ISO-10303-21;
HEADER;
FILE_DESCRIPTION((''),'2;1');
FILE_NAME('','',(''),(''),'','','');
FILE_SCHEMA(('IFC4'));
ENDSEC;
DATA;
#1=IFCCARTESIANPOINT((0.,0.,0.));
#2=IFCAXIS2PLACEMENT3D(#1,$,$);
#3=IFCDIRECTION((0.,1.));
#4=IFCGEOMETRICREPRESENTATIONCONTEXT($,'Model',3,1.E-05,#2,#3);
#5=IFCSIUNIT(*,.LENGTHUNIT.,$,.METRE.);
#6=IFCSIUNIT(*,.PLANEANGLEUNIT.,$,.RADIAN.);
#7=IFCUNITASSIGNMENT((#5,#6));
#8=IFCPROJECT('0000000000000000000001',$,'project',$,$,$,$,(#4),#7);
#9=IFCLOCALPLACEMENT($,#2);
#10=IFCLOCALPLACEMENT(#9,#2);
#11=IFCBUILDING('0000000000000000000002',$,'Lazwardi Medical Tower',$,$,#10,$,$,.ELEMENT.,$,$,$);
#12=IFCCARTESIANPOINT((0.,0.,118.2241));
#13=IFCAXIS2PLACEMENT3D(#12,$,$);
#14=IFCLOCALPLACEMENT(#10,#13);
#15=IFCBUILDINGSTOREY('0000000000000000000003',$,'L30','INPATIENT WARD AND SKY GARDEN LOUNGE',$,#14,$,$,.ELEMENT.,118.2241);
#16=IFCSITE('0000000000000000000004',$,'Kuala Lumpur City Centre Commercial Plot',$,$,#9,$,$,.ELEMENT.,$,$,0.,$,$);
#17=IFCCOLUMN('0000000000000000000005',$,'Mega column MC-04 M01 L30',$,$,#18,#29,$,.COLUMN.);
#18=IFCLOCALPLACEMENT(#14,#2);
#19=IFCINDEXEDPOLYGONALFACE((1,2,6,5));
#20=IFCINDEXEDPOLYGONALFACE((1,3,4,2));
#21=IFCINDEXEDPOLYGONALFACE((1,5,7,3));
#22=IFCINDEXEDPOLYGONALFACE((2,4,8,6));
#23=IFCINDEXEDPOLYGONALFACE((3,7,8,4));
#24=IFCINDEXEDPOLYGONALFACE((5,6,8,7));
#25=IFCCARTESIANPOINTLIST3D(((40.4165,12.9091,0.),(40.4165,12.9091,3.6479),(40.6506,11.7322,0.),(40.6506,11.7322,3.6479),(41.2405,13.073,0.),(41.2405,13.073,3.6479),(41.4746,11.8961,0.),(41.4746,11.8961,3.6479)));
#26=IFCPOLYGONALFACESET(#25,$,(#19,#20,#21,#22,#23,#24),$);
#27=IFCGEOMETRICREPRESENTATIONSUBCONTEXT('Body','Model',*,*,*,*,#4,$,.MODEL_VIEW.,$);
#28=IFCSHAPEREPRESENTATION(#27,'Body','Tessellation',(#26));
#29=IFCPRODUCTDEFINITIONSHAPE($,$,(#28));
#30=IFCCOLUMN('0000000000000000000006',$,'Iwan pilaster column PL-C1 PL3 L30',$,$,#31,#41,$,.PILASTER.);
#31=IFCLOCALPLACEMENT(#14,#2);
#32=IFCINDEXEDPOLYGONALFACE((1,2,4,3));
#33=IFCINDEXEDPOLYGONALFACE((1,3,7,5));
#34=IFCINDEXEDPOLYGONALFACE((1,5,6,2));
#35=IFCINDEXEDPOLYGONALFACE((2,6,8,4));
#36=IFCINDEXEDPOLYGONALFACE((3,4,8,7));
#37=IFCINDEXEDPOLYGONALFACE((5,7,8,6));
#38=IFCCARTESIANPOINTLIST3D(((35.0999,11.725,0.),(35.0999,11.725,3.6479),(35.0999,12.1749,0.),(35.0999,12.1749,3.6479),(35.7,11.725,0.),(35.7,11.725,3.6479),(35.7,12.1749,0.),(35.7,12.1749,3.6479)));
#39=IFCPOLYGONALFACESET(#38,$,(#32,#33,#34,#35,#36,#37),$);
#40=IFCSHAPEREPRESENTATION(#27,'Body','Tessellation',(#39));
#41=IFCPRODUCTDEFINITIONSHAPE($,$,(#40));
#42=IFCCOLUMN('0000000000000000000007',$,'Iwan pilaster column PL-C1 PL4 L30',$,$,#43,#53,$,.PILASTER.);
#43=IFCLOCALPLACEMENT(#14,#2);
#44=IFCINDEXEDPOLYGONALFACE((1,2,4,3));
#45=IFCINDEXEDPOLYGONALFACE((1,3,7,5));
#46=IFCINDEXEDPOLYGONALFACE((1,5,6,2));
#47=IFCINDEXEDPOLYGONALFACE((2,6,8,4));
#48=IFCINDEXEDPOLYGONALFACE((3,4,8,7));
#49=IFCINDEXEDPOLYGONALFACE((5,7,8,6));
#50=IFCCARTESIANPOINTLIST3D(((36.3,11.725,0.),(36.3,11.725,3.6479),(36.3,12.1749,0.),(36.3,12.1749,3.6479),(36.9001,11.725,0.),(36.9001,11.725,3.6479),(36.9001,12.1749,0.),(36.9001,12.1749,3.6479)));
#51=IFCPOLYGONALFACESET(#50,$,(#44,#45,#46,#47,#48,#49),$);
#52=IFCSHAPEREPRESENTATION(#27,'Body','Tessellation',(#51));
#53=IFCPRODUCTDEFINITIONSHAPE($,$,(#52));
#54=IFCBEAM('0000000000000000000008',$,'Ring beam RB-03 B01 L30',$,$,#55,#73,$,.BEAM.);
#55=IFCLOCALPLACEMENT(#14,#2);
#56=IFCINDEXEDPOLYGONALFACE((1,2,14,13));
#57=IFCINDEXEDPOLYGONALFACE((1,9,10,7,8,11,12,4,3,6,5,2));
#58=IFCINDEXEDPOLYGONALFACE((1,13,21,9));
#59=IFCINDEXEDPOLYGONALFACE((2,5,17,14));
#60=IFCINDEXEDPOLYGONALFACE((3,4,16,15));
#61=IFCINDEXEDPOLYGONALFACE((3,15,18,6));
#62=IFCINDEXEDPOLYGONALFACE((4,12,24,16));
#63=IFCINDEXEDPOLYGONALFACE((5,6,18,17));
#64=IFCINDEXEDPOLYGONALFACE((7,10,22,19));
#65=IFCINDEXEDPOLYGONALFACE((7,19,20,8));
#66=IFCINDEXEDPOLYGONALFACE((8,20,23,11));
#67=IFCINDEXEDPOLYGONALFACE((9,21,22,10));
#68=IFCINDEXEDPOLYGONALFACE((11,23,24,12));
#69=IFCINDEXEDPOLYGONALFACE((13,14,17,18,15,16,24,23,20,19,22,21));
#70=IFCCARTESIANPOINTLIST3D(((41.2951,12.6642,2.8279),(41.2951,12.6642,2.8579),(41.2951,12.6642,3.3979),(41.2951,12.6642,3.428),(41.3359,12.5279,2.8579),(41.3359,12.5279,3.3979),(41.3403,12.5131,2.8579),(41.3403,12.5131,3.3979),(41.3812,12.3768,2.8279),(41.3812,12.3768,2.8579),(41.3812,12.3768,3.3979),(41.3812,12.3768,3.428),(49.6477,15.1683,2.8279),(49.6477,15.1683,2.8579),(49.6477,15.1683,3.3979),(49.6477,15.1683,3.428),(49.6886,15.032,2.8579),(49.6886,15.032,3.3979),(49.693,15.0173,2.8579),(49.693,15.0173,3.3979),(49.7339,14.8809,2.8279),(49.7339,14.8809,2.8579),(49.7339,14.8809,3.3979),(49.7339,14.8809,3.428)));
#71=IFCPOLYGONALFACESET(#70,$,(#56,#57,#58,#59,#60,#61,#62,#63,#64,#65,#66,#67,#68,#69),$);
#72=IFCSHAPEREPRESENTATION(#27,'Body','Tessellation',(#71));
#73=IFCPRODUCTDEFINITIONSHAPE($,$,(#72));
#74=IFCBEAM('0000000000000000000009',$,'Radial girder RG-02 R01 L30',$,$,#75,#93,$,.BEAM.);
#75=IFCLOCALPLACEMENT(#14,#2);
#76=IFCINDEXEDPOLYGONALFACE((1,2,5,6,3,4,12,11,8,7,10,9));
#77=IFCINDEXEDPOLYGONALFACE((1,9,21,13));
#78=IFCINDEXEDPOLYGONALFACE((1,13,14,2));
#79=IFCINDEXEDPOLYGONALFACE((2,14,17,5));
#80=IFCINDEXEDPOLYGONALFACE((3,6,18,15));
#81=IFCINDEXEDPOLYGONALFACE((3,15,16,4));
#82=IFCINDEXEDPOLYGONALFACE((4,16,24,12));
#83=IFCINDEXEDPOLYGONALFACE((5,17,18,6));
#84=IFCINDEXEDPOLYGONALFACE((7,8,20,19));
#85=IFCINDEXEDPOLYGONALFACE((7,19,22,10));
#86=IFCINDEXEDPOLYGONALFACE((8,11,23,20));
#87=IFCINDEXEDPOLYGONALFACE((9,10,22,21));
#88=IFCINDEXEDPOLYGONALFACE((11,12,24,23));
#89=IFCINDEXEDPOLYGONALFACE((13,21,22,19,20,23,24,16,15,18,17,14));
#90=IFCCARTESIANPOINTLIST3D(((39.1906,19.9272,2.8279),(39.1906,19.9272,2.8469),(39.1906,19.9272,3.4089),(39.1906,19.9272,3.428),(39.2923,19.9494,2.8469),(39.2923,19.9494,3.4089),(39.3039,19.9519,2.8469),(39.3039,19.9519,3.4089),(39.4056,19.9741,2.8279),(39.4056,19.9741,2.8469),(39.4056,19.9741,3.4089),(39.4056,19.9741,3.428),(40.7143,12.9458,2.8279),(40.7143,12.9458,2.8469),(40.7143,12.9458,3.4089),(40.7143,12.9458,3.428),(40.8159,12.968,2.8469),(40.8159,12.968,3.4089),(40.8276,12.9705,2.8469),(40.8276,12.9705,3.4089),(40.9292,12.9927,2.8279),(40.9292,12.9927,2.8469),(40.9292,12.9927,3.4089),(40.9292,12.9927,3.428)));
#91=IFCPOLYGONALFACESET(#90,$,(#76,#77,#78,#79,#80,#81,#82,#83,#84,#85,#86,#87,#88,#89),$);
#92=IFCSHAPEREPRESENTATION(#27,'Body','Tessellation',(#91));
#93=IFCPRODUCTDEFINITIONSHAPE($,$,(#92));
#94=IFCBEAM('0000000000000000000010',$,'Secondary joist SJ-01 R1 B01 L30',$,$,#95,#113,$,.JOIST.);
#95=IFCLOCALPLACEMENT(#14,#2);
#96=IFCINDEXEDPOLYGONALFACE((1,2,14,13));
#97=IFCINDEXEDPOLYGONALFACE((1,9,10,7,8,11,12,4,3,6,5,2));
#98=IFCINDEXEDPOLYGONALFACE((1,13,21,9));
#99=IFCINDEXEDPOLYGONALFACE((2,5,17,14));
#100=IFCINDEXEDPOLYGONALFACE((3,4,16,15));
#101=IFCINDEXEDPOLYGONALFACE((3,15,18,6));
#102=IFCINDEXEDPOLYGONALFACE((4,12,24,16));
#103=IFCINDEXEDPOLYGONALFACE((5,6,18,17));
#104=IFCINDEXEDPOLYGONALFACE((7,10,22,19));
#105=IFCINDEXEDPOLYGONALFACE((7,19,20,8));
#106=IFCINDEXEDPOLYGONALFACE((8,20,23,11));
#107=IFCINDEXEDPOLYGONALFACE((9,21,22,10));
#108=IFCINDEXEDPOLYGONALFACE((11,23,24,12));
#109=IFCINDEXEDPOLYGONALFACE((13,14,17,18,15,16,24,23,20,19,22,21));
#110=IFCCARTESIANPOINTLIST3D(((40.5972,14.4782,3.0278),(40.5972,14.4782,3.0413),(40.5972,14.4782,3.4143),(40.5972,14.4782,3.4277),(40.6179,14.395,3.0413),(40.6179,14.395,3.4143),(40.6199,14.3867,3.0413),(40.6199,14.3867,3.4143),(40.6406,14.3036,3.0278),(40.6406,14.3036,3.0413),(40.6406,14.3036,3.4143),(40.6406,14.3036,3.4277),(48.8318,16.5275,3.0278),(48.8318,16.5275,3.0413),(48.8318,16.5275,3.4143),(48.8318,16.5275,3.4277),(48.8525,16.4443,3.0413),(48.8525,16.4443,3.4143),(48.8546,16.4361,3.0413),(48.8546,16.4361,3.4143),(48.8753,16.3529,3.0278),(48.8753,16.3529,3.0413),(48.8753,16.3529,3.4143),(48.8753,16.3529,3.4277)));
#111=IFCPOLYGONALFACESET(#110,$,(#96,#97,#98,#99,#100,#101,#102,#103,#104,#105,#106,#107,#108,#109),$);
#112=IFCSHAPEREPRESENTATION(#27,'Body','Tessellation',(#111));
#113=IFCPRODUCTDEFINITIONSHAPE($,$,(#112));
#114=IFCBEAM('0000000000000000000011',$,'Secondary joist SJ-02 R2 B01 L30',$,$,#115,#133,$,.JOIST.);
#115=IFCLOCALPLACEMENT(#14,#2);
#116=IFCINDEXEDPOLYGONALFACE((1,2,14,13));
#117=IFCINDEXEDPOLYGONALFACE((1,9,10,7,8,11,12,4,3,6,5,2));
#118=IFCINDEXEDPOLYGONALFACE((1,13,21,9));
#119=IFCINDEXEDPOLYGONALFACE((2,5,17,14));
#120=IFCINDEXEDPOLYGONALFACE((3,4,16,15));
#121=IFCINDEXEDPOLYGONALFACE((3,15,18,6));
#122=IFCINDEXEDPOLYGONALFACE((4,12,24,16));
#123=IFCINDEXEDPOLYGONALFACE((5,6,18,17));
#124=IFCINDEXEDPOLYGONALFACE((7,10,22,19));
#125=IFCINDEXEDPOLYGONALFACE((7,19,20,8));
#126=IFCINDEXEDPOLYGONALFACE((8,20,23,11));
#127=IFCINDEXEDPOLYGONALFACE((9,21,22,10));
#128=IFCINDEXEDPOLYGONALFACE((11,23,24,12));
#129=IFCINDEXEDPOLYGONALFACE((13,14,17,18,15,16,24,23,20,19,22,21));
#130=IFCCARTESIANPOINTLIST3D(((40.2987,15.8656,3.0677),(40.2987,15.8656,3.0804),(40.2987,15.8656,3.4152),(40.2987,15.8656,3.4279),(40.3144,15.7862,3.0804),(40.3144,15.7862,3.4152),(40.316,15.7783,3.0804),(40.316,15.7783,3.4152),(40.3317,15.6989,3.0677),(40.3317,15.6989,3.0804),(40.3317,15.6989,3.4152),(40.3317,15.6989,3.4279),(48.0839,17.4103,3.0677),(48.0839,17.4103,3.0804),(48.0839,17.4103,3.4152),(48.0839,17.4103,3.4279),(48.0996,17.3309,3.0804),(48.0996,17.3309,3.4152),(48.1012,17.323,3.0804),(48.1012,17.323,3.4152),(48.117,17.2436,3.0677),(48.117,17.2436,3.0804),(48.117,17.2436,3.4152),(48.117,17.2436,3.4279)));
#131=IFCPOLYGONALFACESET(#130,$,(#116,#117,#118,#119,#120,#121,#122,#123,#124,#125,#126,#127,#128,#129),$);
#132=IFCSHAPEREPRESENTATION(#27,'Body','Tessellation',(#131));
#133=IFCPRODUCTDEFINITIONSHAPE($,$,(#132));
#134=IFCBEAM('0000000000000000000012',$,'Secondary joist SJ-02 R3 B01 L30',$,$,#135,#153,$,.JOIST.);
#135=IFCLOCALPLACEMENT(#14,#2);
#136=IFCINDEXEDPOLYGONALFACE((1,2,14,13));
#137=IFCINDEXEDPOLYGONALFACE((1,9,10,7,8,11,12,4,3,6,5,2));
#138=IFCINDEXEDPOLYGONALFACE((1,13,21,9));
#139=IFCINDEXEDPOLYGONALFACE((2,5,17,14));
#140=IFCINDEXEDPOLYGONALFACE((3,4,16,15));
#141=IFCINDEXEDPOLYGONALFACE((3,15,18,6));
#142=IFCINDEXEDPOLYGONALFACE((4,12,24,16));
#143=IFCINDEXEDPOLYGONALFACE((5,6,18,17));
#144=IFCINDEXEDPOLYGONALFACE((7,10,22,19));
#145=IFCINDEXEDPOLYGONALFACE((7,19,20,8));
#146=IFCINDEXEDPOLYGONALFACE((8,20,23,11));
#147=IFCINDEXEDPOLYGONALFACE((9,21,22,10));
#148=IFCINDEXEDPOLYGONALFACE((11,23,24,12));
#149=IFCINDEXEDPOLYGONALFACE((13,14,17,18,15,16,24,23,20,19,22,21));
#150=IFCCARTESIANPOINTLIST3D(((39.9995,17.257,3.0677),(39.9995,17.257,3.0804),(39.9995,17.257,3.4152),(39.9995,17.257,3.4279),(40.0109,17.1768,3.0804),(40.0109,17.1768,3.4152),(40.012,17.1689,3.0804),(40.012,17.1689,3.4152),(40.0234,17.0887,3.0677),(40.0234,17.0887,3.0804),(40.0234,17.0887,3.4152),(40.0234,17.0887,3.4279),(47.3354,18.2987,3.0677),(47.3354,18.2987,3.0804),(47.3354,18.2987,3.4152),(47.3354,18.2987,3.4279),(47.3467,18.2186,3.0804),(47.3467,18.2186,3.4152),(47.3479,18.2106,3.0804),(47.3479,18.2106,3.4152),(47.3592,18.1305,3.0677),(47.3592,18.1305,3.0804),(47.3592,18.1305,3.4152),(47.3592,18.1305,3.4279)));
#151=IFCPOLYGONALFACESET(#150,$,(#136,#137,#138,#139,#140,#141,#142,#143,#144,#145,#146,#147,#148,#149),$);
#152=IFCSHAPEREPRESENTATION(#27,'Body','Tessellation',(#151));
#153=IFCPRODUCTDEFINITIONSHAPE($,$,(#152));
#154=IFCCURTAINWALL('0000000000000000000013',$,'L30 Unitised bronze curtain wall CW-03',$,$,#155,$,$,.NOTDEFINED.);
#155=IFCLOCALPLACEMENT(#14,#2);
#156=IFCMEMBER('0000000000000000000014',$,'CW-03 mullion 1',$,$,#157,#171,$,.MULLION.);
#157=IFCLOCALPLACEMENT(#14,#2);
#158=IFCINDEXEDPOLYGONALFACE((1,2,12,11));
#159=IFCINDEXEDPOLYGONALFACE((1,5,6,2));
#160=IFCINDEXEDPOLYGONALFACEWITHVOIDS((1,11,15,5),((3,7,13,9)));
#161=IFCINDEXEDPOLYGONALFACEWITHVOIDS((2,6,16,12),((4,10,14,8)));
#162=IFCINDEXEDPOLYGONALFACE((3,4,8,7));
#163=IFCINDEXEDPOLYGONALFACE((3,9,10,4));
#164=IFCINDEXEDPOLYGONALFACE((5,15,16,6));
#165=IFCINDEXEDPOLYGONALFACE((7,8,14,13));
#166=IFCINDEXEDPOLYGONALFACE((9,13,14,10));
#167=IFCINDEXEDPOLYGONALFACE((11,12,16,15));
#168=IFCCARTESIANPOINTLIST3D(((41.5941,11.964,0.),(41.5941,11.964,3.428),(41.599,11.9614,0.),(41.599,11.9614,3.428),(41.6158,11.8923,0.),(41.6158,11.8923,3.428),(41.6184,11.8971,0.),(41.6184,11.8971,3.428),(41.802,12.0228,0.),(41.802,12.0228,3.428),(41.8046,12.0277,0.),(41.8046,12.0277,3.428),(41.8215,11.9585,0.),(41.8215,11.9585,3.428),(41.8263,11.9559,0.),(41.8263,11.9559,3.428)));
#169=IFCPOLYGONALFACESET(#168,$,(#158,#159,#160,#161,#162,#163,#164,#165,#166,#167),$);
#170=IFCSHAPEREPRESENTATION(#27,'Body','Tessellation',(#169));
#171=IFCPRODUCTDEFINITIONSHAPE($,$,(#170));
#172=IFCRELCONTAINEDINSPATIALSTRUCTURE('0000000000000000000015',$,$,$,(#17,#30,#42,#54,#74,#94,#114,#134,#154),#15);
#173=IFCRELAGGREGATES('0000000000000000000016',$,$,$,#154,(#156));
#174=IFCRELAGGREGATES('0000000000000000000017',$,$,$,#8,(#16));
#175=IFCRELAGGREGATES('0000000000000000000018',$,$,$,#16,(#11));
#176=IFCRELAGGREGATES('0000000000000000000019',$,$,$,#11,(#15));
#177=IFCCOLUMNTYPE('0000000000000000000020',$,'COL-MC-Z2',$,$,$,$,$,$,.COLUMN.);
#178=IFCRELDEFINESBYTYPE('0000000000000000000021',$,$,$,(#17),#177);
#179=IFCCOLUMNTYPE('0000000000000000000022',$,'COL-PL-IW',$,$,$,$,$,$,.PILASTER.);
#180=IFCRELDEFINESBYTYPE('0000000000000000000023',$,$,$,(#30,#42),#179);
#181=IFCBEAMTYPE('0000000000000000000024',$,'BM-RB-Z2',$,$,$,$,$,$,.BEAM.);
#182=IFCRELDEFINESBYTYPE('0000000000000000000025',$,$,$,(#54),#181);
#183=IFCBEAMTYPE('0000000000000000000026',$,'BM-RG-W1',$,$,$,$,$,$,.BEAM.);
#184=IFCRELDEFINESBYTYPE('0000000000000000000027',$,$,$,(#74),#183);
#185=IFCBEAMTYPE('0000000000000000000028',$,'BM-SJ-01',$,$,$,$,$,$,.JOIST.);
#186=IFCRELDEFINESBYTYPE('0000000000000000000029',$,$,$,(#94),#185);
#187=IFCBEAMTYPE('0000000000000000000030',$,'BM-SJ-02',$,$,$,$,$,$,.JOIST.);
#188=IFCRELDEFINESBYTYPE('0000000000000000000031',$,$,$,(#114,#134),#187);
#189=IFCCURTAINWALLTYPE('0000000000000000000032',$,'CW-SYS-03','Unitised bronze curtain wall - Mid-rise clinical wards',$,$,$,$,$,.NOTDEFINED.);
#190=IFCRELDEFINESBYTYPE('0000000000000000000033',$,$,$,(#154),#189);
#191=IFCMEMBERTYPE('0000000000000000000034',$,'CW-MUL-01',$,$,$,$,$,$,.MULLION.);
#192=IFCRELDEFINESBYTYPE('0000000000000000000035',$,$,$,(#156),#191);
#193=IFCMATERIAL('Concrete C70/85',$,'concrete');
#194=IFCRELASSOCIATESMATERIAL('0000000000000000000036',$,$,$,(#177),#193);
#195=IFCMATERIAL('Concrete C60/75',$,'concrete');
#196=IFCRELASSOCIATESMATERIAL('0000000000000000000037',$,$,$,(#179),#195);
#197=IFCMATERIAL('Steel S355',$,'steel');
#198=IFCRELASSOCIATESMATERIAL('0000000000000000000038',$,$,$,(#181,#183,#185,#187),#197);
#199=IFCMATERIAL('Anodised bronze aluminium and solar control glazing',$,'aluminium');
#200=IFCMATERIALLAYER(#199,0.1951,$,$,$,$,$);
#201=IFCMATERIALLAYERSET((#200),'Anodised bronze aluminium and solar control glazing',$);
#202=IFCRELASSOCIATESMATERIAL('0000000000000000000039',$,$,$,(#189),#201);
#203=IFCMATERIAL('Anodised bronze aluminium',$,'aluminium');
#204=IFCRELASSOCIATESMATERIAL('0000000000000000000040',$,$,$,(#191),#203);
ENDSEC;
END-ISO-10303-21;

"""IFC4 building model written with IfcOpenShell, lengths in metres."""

from ifc_helpers import new_model, si_unit, direction, frame, origin, origin_2d, place, context, subcontext, project, spatial, rectangle, hollow_rectangle, i_section, extrude, material, layer, layer_set, material_profile, profile_set, type_object, element, aggregate, save


model = new_model("IFC4")

# Units and contexts
model_context = context("Model", 3, precision=1e-05, world=origin(), true_north=direction((0.0, 1.0)))
body_context = subcontext(model_context, "Body", "Model", "MODEL_VIEW")
ifc_project = project(units=[si_unit("LENGTHUNIT", "METRE"), si_unit("PLANEANGLEUNIT", "RADIAN")], contexts=[model_context])

# Site, building, storey
site_placement = place(None, origin())
site = spatial("IfcSite", under=ifc_project, at=site_placement, Name="Kuala Lumpur City Centre Commercial Plot", CompositionType="ELEMENT", RefElevation=0.0)
building_placement = place(site_placement, origin())
building = spatial("IfcBuilding", under=site, at=building_placement, Name="Lazwardi Medical Tower", CompositionType="ELEMENT")
storey_placement = place(building_placement, frame((0.0, 0.0, 118.2241)))
storey = spatial("IfcBuildingStorey", under=building, at=storey_placement, Name="L30", Description="INPATIENT WARD AND SKY GARDEN LOUNGE", CompositionType="ELEMENT", Elevation=118.2241)

# Columns
ifc_material_1 = material(Name="Concrete C70/85", Category="concrete")
ifc_material_profile_1 = material_profile(ifc_material_1, rectangle(XDim=1.2, YDim=0.8401, at=origin_2d()), Name="CFT-RECT 1200x840")
ifc_profile_set_1 = profile_set([ifc_material_profile_1], Name="Concrete C70/85")
column_type_1 = type_object("IfcColumnType", Name="COL-MC-Z2", PredefinedType="COLUMN", material=ifc_profile_set_1)
column_placement = place(storey_placement, frame((40.9456, 12.4026, 0.0), z_axis=(0.0, 0.0, 1.0), x_axis=(0.19509, -0.980785, 0.0)))
element("IfcColumn", 1, at=column_placement, inside=storey, type_object=column_type_1, Name="Mega column MC-04 M01 L30", PredefinedType="COLUMN", context=body_context, shape_type="SweptSolid", body=[
    extrude(rectangle(XDim=1.2, YDim=0.8401, at=origin_2d()), origin(), (0.0, 0.0, 1.0), 3.6479),
])
ifc_material_2 = material(Name="Concrete C60/75", Category="concrete")
ifc_material_profile_2 = material_profile(ifc_material_2, rectangle(XDim=0.6001, YDim=0.45, at=origin_2d()), Name="RC 600x450")
ifc_profile_set_2 = profile_set([ifc_material_profile_2], Name="Concrete C60/75")
column_type_2 = type_object("IfcColumnType", Name="COL-PL-IW", PredefinedType="PILASTER", material=ifc_profile_set_2)
for number, where, z_axis, x_axis, name in (
    (2, (35.3999, 11.95, 0.0), (0.0, 0.0, 1.0), (1.0, 0.0, 0.0), "Iwan pilaster column PL-C1 PL3 L30"),
    (3, (36.6001, 11.95, 0.0), (0.0, 0.0, 1.0), (1.0, 0.0, 0.0), "Iwan pilaster column PL-C1 PL4 L30"),
):
    element("IfcColumn", number, at=place(storey_placement, frame(where, z_axis=z_axis, x_axis=x_axis)), inside=storey, type_object=column_type_2, Name=name, PredefinedType="PILASTER", context=body_context, shape_type="SweptSolid", body=[
        extrude(rectangle(XDim=0.6001, YDim=0.45, at=origin_2d()), origin(), (0.0, 0.0, 1.0), 3.6479),
    ])

# Beams
ifc_material_3 = material(Name="Steel S355", Category="steel")
ifc_material_profile_3 = material_profile(ifc_material_3, i_section(OverallWidth=0.3, OverallDepth=0.6001, WebThickness=0.0154, FlangeThickness=0.03, at=origin_2d()), Name="HEB 600")
ifc_profile_set_3 = profile_set([ifc_material_profile_3], Name="Steel S355")
beam_type_1 = type_object("IfcBeamType", Name="BM-RB-Z2", PredefinedType="BEAM", material=ifc_profile_set_3)
beam_1_placement = place(storey_placement, frame((41.3381, 12.5205, 3.1279), z_axis=(0.957879, 0.287171, 0.0), x_axis=(-0.287171, 0.957879, 0.0)))
element("IfcBeam", 4, at=beam_1_placement, inside=storey, type_object=beam_type_1, Name="Ring beam RB-03 B01 L30", PredefinedType="BEAM", context=body_context, shape_type="SweptSolid", body=[
    extrude(i_section(OverallWidth=0.3, OverallDepth=0.6001, WebThickness=0.0154, FlangeThickness=0.03, at=origin_2d()), origin(), (0.0, 0.0, 1.0), 8.72),
])
ifc_material_profile_4 = material_profile(ifc_material_3, i_section(OverallWidth=0.22, OverallDepth=0.6001, WebThickness=0.012, FlangeThickness=0.019, at=origin_2d()), Name="IPE 600")
ifc_profile_set_4 = profile_set([ifc_material_profile_4], Name="Steel S355")
beam_type_2 = type_object("IfcBeamType", Name="BM-RG-W1", PredefinedType="BEAM", material=ifc_profile_set_4)
beam_2_placement = place(storey_placement, frame((40.8218, 12.9692, 3.1279), z_axis=(-0.213228, 0.977002, 0.0), x_axis=(-0.977002, -0.213228, 0.0)))
element("IfcBeam", 5, at=beam_2_placement, inside=storey, type_object=beam_type_2, Name="Radial girder RG-02 R01 L30", PredefinedType="BEAM", context=body_context, shape_type="SweptSolid", body=[
    extrude(i_section(OverallWidth=0.22, OverallDepth=0.6001, WebThickness=0.012, FlangeThickness=0.019, at=origin_2d()), origin(), (0.0, 0.0, 1.0), 7.1458),
])
ifc_material_profile_5 = material_profile(ifc_material_3, i_section(OverallWidth=0.1799, OverallDepth=0.3999, WebThickness=0.0085, FlangeThickness=0.0134, at=origin_2d()), Name="IPE 400")
ifc_profile_set_5 = profile_set([ifc_material_profile_5], Name="Steel S355")
beam_type_3 = type_object("IfcBeamType", Name="BM-SJ-01", PredefinedType="JOIST", material=ifc_profile_set_5)
beam_3_placement = place(storey_placement, frame((40.6189, 14.3909, 3.2278), z_axis=(0.970401, 0.2415, 0.0), x_axis=(-0.2415, 0.970401, 0.0)))
element("IfcBeam", 6, at=beam_3_placement, inside=storey, type_object=beam_type_3, Name="Secondary joist SJ-01 R1 B01 L30", PredefinedType="JOIST", context=body_context, shape_type="SweptSolid", body=[
    extrude(i_section(OverallWidth=0.1799, OverallDepth=0.3999, WebThickness=0.0085, FlangeThickness=0.0134, at=origin_2d()), origin(), (0.0, 0.0, 1.0), 8.4858),
])
ifc_material_profile_6 = material_profile(ifc_material_3, i_section(OverallWidth=0.1699, OverallDepth=0.3601, WebThickness=0.0081, FlangeThickness=0.0127, at=origin_2d()), Name="IPE 360")
ifc_profile_set_6 = profile_set([ifc_material_profile_6], Name="Steel S355")
beam_type_4 = type_object("IfcBeamType", Name="BM-SJ-02", PredefinedType="JOIST", material=ifc_profile_set_6)
beam_4_placement = place(storey_placement, frame((40.3152, 15.7822, 3.2478), z_axis=(0.980879, 0.194619, 0.0), x_axis=(-0.194619, 0.980879, 0.0)))
element("IfcBeam", 7, at=beam_4_placement, inside=storey, type_object=beam_type_4, Name="Secondary joist SJ-02 R2 B01 L30", PredefinedType="JOIST", context=body_context, shape_type="SweptSolid", body=[
    extrude(i_section(OverallWidth=0.1699, OverallDepth=0.3601, WebThickness=0.0081, FlangeThickness=0.0127, at=origin_2d()), origin(), (0.0, 0.0, 1.0), 7.937),
])
beam_5_placement = place(storey_placement, frame((40.0115, 17.1729, 3.2478), z_axis=(0.990067, 0.140596, 0.0), x_axis=(-0.140596, 0.990067, 0.0)))
element("IfcBeam", 8, at=beam_5_placement, inside=storey, type_object=beam_type_4, Name="Secondary joist SJ-02 R3 B01 L30", PredefinedType="JOIST", context=body_context, shape_type="SweptSolid", body=[
    extrude(i_section(OverallWidth=0.1699, OverallDepth=0.3601, WebThickness=0.0081, FlangeThickness=0.0127, at=origin_2d()), origin(), (0.0, 0.0, 1.0), 7.4094),
])

# Curtain wall, member
ifc_material_4 = material(Name="Anodised bronze aluminium and solar control glazing", Category="aluminium")
ifc_layer_1 = layer(ifc_material_4, 0.1951)
ifc_layer_set_1 = layer_set([ifc_layer_1], Name="Anodised bronze aluminium and solar control glazing")
curtain_wall_type = type_object("IfcCurtainWallType", Name="CW-SYS-03", Description="Unitised bronze curtain wall - Mid-rise clinical wards", PredefinedType="NOTDEFINED", material=ifc_layer_set_1)
curtain_wall_placement = place(storey_placement, origin())
curtain_wall = element("IfcCurtainWall", 9, at=curtain_wall_placement, inside=storey, type_object=curtain_wall_type, Name="L30 Unitised bronze curtain wall CW-03", PredefinedType="NOTDEFINED")
ifc_material_5 = material(Name="Anodised bronze aluminium", Category="aluminium")
ifc_material_profile_7 = material_profile(ifc_material_5, hollow_rectangle(XDim=0.075, YDim=0.22, WallThickness=0.0039, at=origin_2d()), Name="ALU-MULLION 220x75x4")
ifc_profile_set_7 = profile_set([ifc_material_profile_7], Name="Anodised bronze aluminium")
member_type_1 = type_object("IfcMemberType", Name="CW-MUL-01", PredefinedType="MULLION", material=ifc_profile_set_7)
member_1_placement = place(storey_placement, frame((41.7102, 11.96, 0.0), z_axis=(0.0, 0.0, 1.0), x_axis=(-0.289374, 0.957216, 0.0)))
member_1 = element("IfcMember", 10, at=member_1_placement, type_object=member_type_1, Name="CW-03 mullion 1", PredefinedType="MULLION", context=body_context, shape_type="SweptSolid", body=[
    extrude(hollow_rectangle(XDim=0.075, YDim=0.22, WallThickness=0.0039, at=origin_2d()), origin(), (0.0, 0.0, 1.0), 3.428),
])
aggregate(curtain_wall, [member_1])

save(model, "model.ifc")
